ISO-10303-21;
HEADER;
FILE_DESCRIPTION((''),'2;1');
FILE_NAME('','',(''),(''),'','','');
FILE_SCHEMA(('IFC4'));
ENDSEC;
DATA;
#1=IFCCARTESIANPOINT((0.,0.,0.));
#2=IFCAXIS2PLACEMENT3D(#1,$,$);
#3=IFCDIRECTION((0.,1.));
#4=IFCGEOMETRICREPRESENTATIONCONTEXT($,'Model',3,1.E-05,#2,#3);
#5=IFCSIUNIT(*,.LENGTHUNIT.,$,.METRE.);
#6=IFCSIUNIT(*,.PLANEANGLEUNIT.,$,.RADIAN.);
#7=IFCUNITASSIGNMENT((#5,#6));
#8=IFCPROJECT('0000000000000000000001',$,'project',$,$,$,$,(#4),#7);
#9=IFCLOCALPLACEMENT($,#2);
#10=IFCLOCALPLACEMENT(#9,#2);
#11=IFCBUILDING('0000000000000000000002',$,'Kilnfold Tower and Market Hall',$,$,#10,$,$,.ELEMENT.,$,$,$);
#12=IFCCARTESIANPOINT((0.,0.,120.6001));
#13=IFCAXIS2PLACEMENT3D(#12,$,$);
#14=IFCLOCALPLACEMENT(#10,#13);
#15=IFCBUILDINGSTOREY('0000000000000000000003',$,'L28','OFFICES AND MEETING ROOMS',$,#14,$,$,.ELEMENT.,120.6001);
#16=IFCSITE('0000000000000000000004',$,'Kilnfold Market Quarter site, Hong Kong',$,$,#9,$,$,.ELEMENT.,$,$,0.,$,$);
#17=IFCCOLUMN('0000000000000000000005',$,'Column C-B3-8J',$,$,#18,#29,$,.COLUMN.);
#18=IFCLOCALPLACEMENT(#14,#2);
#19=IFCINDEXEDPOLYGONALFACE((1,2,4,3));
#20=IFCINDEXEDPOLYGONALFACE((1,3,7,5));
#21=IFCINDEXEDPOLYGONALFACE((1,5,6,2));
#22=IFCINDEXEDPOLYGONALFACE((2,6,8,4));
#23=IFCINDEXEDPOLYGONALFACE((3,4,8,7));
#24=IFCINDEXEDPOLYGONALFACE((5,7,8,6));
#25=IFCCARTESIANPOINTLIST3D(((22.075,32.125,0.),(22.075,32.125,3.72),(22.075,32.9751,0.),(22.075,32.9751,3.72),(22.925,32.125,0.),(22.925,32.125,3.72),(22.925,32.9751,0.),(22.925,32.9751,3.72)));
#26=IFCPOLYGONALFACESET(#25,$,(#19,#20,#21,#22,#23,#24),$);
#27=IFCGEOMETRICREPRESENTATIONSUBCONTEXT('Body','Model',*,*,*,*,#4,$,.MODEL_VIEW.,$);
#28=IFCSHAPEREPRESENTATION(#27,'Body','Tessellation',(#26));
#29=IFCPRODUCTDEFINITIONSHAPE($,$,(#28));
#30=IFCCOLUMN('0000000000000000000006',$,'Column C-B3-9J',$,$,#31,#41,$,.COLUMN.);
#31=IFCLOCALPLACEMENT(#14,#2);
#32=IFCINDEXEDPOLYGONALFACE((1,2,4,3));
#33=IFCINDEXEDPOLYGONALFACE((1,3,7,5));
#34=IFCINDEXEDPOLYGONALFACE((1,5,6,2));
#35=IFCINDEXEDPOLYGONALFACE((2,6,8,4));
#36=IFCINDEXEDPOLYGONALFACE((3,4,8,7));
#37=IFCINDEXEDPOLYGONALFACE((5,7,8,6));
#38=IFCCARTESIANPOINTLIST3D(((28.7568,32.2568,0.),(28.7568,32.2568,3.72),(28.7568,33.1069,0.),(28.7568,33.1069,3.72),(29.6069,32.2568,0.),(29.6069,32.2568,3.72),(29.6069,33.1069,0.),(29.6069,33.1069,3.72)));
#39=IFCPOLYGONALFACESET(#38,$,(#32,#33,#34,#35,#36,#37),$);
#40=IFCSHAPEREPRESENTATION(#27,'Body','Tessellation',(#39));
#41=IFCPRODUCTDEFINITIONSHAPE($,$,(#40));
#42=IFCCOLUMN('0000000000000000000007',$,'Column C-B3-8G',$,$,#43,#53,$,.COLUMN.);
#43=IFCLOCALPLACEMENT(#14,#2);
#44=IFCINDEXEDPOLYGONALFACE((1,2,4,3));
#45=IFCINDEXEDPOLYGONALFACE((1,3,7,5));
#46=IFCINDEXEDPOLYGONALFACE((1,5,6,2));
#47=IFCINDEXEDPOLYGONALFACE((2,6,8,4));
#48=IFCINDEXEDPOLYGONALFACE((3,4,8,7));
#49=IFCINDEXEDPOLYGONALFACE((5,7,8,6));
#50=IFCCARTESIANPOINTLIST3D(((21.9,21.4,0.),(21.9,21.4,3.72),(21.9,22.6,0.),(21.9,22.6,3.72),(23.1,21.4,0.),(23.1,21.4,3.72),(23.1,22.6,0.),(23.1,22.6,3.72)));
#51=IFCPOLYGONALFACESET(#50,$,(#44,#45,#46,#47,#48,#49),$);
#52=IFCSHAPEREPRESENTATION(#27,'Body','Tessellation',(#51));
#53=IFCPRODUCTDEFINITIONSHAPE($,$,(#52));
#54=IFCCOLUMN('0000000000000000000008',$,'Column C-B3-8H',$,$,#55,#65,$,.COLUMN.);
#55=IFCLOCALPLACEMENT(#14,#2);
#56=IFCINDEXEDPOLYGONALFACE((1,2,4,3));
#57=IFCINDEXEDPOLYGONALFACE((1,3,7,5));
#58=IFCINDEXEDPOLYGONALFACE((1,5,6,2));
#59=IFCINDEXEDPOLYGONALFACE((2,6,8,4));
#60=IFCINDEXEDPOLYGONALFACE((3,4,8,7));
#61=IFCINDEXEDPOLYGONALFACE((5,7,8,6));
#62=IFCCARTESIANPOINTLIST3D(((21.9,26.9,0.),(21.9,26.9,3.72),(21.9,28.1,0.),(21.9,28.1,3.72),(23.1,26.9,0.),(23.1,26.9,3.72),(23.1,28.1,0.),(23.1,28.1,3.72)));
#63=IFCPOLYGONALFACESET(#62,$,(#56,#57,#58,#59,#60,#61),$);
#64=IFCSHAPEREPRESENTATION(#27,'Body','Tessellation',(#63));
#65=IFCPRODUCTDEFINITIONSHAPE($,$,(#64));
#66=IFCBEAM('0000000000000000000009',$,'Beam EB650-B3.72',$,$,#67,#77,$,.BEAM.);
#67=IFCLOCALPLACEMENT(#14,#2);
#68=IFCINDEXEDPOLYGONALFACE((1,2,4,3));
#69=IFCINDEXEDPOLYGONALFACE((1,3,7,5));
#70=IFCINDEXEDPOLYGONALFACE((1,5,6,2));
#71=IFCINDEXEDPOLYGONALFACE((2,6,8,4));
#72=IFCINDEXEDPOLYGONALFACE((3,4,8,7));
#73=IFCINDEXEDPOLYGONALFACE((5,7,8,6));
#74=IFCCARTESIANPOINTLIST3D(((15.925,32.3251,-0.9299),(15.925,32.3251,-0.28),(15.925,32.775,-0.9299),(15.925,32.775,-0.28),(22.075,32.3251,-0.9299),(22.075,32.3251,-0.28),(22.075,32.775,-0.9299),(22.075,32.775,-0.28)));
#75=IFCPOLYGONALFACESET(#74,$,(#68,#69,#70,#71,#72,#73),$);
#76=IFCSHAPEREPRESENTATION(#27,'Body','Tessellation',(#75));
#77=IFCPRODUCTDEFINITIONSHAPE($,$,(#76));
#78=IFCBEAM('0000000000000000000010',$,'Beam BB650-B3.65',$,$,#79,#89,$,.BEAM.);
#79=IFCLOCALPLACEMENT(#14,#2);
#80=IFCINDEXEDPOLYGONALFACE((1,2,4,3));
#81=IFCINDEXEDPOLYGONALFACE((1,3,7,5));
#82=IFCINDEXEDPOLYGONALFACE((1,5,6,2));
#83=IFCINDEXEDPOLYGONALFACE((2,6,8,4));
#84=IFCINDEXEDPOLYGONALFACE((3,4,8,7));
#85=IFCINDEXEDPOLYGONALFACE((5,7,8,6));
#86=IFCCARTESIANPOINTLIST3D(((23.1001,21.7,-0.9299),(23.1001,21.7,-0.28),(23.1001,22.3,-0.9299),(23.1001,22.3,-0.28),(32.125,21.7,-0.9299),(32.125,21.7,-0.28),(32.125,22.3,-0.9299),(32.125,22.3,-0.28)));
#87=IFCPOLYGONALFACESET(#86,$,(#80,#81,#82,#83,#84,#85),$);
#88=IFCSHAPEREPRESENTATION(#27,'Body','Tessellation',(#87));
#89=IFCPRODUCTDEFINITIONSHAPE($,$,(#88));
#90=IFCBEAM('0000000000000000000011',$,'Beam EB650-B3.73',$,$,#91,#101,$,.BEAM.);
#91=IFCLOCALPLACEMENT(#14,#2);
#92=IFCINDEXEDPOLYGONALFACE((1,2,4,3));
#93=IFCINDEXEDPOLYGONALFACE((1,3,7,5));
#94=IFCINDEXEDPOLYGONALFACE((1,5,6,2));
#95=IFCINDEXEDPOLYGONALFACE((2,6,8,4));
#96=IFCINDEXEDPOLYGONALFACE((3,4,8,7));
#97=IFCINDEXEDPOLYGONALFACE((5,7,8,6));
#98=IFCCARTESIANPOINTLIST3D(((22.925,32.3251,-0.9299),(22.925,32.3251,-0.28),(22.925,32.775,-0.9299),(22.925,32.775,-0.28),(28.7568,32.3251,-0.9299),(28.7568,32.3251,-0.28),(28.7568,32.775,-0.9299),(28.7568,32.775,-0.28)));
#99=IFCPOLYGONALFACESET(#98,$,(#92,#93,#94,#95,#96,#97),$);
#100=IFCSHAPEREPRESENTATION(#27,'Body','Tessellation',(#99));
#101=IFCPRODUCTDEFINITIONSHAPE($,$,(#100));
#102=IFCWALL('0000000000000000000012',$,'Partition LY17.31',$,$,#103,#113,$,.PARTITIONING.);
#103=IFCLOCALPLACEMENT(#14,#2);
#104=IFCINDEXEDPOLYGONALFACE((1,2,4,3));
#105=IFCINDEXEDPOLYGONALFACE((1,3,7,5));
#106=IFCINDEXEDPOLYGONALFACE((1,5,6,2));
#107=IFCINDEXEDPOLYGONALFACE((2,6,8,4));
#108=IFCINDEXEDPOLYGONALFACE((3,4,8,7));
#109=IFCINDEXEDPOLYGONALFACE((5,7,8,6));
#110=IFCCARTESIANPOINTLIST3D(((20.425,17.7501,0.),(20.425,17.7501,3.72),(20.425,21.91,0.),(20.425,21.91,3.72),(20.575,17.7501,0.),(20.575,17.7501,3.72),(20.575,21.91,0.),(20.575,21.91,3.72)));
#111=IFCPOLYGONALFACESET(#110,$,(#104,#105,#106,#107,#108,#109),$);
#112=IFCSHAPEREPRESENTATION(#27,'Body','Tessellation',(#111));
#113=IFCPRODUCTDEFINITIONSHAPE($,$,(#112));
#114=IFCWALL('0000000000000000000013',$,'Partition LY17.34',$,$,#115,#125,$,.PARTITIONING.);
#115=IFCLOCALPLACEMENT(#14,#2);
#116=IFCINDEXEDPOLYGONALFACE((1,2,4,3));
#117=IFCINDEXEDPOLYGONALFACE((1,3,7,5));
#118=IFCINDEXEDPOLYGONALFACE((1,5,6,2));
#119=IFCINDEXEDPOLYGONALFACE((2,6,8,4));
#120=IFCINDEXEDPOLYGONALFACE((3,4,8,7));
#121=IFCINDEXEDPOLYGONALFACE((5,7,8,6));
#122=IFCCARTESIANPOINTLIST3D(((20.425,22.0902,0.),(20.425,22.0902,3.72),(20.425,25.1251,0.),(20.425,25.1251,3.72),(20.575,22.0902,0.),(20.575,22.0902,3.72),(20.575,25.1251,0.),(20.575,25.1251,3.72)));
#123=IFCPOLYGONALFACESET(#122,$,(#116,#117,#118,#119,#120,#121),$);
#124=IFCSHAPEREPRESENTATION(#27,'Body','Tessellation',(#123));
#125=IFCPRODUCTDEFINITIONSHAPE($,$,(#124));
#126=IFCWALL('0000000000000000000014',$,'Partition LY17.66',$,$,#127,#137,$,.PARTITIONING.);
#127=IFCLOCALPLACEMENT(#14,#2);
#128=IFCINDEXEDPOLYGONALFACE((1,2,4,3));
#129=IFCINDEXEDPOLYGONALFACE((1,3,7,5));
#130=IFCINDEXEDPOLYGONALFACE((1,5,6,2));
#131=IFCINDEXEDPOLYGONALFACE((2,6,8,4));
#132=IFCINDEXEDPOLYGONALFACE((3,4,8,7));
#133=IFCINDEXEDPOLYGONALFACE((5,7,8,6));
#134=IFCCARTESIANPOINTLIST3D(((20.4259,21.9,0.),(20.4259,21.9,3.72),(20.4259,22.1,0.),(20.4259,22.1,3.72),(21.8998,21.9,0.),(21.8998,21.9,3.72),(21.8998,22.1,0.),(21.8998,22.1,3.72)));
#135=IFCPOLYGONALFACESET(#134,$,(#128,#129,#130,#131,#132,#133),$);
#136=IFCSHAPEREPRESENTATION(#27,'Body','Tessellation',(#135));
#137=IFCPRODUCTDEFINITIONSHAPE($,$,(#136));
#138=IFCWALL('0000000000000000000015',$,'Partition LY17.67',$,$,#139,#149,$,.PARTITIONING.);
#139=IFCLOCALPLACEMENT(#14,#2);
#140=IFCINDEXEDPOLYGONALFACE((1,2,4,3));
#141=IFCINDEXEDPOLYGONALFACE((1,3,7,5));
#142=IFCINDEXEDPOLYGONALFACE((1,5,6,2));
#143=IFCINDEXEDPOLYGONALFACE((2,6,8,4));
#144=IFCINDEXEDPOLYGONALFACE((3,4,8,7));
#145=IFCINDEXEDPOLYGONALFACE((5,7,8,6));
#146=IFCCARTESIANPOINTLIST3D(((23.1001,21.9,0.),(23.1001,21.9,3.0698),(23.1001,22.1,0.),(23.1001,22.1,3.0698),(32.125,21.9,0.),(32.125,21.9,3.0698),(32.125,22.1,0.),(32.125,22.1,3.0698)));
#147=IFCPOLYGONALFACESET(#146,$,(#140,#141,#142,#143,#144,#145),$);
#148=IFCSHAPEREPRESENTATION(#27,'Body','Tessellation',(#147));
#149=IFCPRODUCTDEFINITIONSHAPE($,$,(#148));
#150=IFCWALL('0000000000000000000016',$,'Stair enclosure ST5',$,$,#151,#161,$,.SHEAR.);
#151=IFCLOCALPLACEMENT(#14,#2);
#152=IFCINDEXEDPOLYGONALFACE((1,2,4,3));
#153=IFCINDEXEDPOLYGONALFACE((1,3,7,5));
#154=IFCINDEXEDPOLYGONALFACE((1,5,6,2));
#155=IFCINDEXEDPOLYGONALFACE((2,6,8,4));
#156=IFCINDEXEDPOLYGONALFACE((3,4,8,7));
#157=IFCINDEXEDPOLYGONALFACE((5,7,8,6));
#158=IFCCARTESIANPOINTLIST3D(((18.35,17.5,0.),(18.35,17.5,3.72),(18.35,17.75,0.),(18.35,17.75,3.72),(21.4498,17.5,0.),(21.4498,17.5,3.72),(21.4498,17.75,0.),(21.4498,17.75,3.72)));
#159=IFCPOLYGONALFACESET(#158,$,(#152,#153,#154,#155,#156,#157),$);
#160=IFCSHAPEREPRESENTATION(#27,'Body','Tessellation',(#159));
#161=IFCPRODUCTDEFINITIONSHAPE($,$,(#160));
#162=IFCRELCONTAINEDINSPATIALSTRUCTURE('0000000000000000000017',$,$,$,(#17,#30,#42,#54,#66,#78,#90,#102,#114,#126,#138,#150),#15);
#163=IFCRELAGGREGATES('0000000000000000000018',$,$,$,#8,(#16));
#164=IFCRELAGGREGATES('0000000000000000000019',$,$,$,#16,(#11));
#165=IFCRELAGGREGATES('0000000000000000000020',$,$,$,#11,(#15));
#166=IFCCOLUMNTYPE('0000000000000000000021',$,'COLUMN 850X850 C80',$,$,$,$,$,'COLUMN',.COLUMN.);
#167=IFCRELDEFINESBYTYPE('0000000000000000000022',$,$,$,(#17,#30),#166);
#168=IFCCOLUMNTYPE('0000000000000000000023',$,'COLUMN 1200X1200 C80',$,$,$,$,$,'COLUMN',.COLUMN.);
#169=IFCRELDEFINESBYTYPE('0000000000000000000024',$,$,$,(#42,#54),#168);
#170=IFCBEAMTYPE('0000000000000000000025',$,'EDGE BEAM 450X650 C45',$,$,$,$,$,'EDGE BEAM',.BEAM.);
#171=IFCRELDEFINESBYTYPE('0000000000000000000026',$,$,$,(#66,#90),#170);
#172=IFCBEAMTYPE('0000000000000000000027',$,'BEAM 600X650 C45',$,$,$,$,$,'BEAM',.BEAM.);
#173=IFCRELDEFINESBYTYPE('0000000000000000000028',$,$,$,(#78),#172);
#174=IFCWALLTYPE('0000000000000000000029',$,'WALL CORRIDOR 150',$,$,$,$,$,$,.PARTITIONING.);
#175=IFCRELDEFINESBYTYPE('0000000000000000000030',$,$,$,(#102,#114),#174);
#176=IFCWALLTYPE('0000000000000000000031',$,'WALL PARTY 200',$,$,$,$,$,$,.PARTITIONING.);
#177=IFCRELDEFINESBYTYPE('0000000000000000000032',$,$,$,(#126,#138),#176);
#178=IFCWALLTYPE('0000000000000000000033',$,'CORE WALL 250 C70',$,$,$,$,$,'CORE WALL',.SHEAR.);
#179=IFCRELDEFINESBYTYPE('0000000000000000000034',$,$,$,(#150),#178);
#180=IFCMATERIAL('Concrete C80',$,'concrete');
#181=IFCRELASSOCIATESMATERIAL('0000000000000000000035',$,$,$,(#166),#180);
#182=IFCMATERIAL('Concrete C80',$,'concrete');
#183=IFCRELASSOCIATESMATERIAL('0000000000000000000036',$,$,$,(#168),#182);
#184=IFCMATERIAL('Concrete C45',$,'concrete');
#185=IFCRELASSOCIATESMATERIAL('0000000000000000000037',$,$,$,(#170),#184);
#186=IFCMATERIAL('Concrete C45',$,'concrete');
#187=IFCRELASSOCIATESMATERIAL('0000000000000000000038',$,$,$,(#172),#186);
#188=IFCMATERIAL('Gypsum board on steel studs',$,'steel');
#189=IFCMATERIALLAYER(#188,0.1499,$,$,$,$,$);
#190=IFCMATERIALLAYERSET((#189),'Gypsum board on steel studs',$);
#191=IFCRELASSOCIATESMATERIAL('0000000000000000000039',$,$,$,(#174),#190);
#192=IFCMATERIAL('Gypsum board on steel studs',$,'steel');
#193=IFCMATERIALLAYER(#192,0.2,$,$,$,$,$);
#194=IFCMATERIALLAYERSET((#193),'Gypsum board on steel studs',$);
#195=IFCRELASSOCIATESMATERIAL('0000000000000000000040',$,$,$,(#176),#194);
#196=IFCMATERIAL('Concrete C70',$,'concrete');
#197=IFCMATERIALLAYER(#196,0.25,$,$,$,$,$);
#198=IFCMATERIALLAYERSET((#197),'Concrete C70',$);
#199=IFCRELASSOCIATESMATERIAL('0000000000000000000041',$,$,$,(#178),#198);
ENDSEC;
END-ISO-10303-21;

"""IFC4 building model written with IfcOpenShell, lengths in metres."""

from ifc_helpers import new_model, si_unit, direction, frame, frame_2d, origin, origin_2d, place, context, subcontext, project, spatial, rectangle, extrude, source, transform, mapped, material, layer, layer_set, material_profile, profile_set, type_object, element, save


model = new_model("IFC4")

# Units and contexts
model_context = context("Model", 3, precision=1e-05, world=origin(), true_north=direction((0.0, 1.0)))
body_context = subcontext(model_context, "Body", "Model", "MODEL_VIEW")
ifc_project = project(units=[si_unit("LENGTHUNIT", "METRE"), si_unit("PLANEANGLEUNIT", "RADIAN")], contexts=[model_context])

# Site, building, storey
site_placement = place(None, origin())
site = spatial("IfcSite", under=ifc_project, at=site_placement, Name="Kilnfold Market Quarter site, Hong Kong", CompositionType="ELEMENT", RefElevation=0.0)
building_placement = place(site_placement, origin())
building = spatial("IfcBuilding", under=site, at=building_placement, Name="Kilnfold Tower and Market Hall", CompositionType="ELEMENT")
storey_placement = place(building_placement, frame((0.0, 0.0, 120.6001)))
storey = spatial("IfcBuildingStorey", under=building, at=storey_placement, Name="L28", Description="OFFICES AND MEETING ROOMS", CompositionType="ELEMENT", Elevation=120.6001)

# Columns
ifc_material_1 = material(Name="Concrete C80", Category="concrete")
ifc_material_profile_1 = material_profile(ifc_material_1, rectangle(XDim=0.8501, YDim=0.8501, at=origin_2d()), Name="RC 850x850")
ifc_profile_set_1 = profile_set([ifc_material_profile_1], Name="Concrete C80")
column_type_1 = type_object("IfcColumnType", Name="COLUMN 850X850 C80", ElementType="COLUMN", PredefinedType="COLUMN", material=ifc_profile_set_1)
shared_shape_1 = source(origin(), body_context, "Body", "SweptSolid", [
    extrude(rectangle(XDim=0.8501, YDim=0.8501, at=origin_2d()), origin(), (0.0, 0.0, 1.0), 3.72),
])
for number, where, z_axis, x_axis, name in (
    (1, (22.5, 32.55, 0.0), (0.0, 0.0, 1.0), (1.0, 0.0, 0.0), "Column C-B3-8J"),
    (2, (29.1819, 32.6819, 0.0), (0.0, 0.0, 1.0), (1.0, 0.0, 0.0), "Column C-B3-9J"),
):
    element("IfcColumn", number, at=place(storey_placement, frame(where, z_axis=z_axis, x_axis=x_axis)), inside=storey, type_object=column_type_1, Name=name, PredefinedType="COLUMN", context=body_context, shape_type="MappedRepresentation", body=[
        mapped(shared_shape_1, transform((0.0, 0.0, 0.0))),
    ])
ifc_material_2 = material(Name="Concrete C80", Category="concrete")
ifc_material_profile_2 = material_profile(ifc_material_2, rectangle(XDim=1.2, YDim=1.2, at=origin_2d()), Name="RC 1200x1200")
ifc_profile_set_2 = profile_set([ifc_material_profile_2], Name="Concrete C80")
column_type_2 = type_object("IfcColumnType", Name="COLUMN 1200X1200 C80", ElementType="COLUMN", PredefinedType="COLUMN", material=ifc_profile_set_2)
shared_shape_2 = source(origin(), body_context, "Body", "SweptSolid", [
    extrude(rectangle(XDim=1.2, YDim=1.2, at=origin_2d()), origin(), (0.0, 0.0, 1.0), 3.72),
])
for number, where, z_axis, x_axis, name in (
    (3, (22.5, 22.0, 0.0), (0.0, 0.0, 1.0), (1.0, 0.0, 0.0), "Column C-B3-8G"),
    (4, (22.5, 27.5, 0.0), (0.0, 0.0, 1.0), (1.0, 0.0, 0.0), "Column C-B3-8H"),
):
    element("IfcColumn", number, at=place(storey_placement, frame(where, z_axis=z_axis, x_axis=x_axis)), inside=storey, type_object=column_type_2, Name=name, PredefinedType="COLUMN", context=body_context, shape_type="MappedRepresentation", body=[
        mapped(shared_shape_2, transform((0.0, 0.0, 0.0))),
    ])

# Beams
ifc_material_3 = material(Name="Concrete C45", Category="concrete")
ifc_material_profile_3 = material_profile(ifc_material_3, rectangle(XDim=0.45, YDim=0.6499, at=origin_2d()), Name="RC 450x650")
ifc_profile_set_3 = profile_set([ifc_material_profile_3], Name="Concrete C45")
beam_type_1 = type_object("IfcBeamType", Name="EDGE BEAM 450X650 C45", ElementType="EDGE BEAM", PredefinedType="BEAM", material=ifc_profile_set_3)
shared_shape_3 = source(origin(), body_context, "Body", "SweptSolid", [
    extrude(rectangle(XDim=0.45, YDim=0.6499, at=origin_2d()), origin(), (0.0, 0.0, 1.0), 6.1499),
])
beam_1_placement = place(storey_placement, frame((15.925, 32.55, -0.605), z_axis=(1.0, 0.0, 0.0), x_axis=(0.0, 1.0, 0.0)))
element("IfcBeam", 5, at=beam_1_placement, inside=storey, type_object=beam_type_1, Name="Beam EB650-B3.72", PredefinedType="BEAM", context=body_context, shape_type="MappedRepresentation", body=[
    mapped(shared_shape_3, transform((0.0, 0.0, 0.0))),
])
ifc_material_4 = material(Name="Concrete C45", Category="concrete")
ifc_material_profile_4 = material_profile(ifc_material_4, rectangle(XDim=0.6001, YDim=0.6499, at=origin_2d()), Name="RC 600x650")
ifc_profile_set_4 = profile_set([ifc_material_profile_4], Name="Concrete C45")
beam_type_2 = type_object("IfcBeamType", Name="BEAM 600X650 C45", ElementType="BEAM", PredefinedType="BEAM", material=ifc_profile_set_4)
shared_shape_4 = source(origin(), body_context, "Body", "SweptSolid", [
    extrude(rectangle(XDim=0.6001, YDim=0.6499, at=origin_2d()), origin(), (0.0, 0.0, 1.0), 9.0249),
])
beam_2_placement = place(storey_placement, frame((23.1001, 22.0, -0.605), z_axis=(1.0, 0.0, 0.0), x_axis=(0.0, 1.0, 0.0)))
element("IfcBeam", 6, at=beam_2_placement, inside=storey, type_object=beam_type_2, Name="Beam BB650-B3.65", PredefinedType="BEAM", context=body_context, shape_type="MappedRepresentation", body=[
    mapped(shared_shape_4, transform((0.0, 0.0, 0.0))),
])
shared_shape_5 = source(origin(), body_context, "Body", "SweptSolid", [
    extrude(rectangle(XDim=0.45, YDim=0.6499, at=origin_2d()), origin(), (0.0, 0.0, 1.0), 5.8318),
])
beam_3_placement = place(storey_placement, frame((22.925, 32.55, -0.605), z_axis=(1.0, 0.0, 0.0), x_axis=(0.0, 1.0, 0.0)))
element("IfcBeam", 7, at=beam_3_placement, inside=storey, type_object=beam_type_1, Name="Beam EB650-B3.73", PredefinedType="BEAM", context=body_context, shape_type="MappedRepresentation", body=[
    mapped(shared_shape_5, transform((0.0, 0.0, 0.0))),
])

# Walls
ifc_material_5 = material(Name="Gypsum board on steel studs", Category="steel")
ifc_layer_1 = layer(ifc_material_5, 0.1499)
ifc_layer_set_1 = layer_set([ifc_layer_1], Name="Gypsum board on steel studs")
wall_type_1 = type_object("IfcWallType", Name="WALL CORRIDOR 150", PredefinedType="PARTITIONING", material=ifc_layer_set_1)
wall_1_placement = place(storey_placement, frame((20.5, 17.75, 0.0), z_axis=(0.0, 0.0, 1.0), x_axis=(0.0, 1.0, 0.0)))
element("IfcWall", 8, at=wall_1_placement, inside=storey, type_object=wall_type_1, Name="Partition LY17.31", PredefinedType="PARTITIONING", context=body_context, shape_type="SweptSolid", body=[
    extrude(rectangle(XDim=4.1599, YDim=0.1499, at=frame_2d((2.0801, 0.0))), origin(), (0.0, 0.0, 1.0), 3.72),
])
wall_2_placement = place(storey_placement, frame((20.5, 22.0901, 0.0), z_axis=(0.0, 0.0, 1.0), x_axis=(0.0, 1.0, 0.0)))
element("IfcWall", 9, at=wall_2_placement, inside=storey, type_object=wall_type_1, Name="Partition LY17.34", PredefinedType="PARTITIONING", context=body_context, shape_type="SweptSolid", body=[
    extrude(rectangle(XDim=3.0349, YDim=0.1499, at=frame_2d((1.5176, 0.0))), origin(), (0.0, 0.0, 1.0), 3.72),
])
ifc_material_6 = material(Name="Gypsum board on steel studs", Category="steel")
ifc_layer_2 = layer(ifc_material_6, 0.2)
ifc_layer_set_2 = layer_set([ifc_layer_2], Name="Gypsum board on steel studs")
wall_type_2 = type_object("IfcWallType", Name="WALL PARTY 200", PredefinedType="PARTITIONING", material=ifc_layer_set_2)
wall_3_placement = place(storey_placement, frame((20.426, 22.0, 0.0), z_axis=(0.0, 0.0, 1.0), x_axis=(1.0, 0.0, 0.0)))
element("IfcWall", 10, at=wall_3_placement, inside=storey, type_object=wall_type_2, Name="Partition LY17.66", PredefinedType="PARTITIONING", context=body_context, shape_type="SweptSolid", body=[
    extrude(rectangle(XDim=1.4739, YDim=0.2, at=frame_2d((0.7368, 0.0))), origin(), (0.0, 0.0, 1.0), 3.72),
])
wall_4_placement = place(storey_placement, frame((23.1001, 22.0, 0.0), z_axis=(0.0, 0.0, 1.0), x_axis=(1.0, 0.0, 0.0)))
element("IfcWall", 11, at=wall_4_placement, inside=storey, type_object=wall_type_2, Name="Partition LY17.67", PredefinedType="PARTITIONING", context=body_context, shape_type="SweptSolid", body=[
    extrude(rectangle(XDim=9.0249, YDim=0.2, at=frame_2d((4.5125, 0.0))), origin(), (0.0, 0.0, 1.0), 3.0698),
])
ifc_material_7 = material(Name="Concrete C70", Category="concrete")
ifc_layer_3 = layer(ifc_material_7, 0.25)
ifc_layer_set_3 = layer_set([ifc_layer_3], Name="Concrete C70")
wall_type_3 = type_object("IfcWallType", Name="CORE WALL 250 C70", ElementType="CORE WALL", PredefinedType="SHEAR", material=ifc_layer_set_3)
shared_shape_6 = source(origin(), body_context, "Body", "SweptSolid", [
    extrude(rectangle(XDim=3.0999, YDim=0.25, at=frame_2d((1.5498, 0.0))), origin(), (0.0, 0.0, 1.0), 3.72),
])
wall_5_placement = place(storey_placement, frame((18.3501, 17.625, 0.0), z_axis=(0.0, 0.0, 1.0), x_axis=(1.0, 0.0, 0.0)))
element("IfcWall", 12, at=wall_5_placement, inside=storey, type_object=wall_type_3, Name="Stair enclosure ST5", PredefinedType="SHEAR", context=body_context, shape_type="MappedRepresentation", body=[
    mapped(shared_shape_6, transform((0.0, 0.0, 0.0))),
])

save(model, "model.ifc")
